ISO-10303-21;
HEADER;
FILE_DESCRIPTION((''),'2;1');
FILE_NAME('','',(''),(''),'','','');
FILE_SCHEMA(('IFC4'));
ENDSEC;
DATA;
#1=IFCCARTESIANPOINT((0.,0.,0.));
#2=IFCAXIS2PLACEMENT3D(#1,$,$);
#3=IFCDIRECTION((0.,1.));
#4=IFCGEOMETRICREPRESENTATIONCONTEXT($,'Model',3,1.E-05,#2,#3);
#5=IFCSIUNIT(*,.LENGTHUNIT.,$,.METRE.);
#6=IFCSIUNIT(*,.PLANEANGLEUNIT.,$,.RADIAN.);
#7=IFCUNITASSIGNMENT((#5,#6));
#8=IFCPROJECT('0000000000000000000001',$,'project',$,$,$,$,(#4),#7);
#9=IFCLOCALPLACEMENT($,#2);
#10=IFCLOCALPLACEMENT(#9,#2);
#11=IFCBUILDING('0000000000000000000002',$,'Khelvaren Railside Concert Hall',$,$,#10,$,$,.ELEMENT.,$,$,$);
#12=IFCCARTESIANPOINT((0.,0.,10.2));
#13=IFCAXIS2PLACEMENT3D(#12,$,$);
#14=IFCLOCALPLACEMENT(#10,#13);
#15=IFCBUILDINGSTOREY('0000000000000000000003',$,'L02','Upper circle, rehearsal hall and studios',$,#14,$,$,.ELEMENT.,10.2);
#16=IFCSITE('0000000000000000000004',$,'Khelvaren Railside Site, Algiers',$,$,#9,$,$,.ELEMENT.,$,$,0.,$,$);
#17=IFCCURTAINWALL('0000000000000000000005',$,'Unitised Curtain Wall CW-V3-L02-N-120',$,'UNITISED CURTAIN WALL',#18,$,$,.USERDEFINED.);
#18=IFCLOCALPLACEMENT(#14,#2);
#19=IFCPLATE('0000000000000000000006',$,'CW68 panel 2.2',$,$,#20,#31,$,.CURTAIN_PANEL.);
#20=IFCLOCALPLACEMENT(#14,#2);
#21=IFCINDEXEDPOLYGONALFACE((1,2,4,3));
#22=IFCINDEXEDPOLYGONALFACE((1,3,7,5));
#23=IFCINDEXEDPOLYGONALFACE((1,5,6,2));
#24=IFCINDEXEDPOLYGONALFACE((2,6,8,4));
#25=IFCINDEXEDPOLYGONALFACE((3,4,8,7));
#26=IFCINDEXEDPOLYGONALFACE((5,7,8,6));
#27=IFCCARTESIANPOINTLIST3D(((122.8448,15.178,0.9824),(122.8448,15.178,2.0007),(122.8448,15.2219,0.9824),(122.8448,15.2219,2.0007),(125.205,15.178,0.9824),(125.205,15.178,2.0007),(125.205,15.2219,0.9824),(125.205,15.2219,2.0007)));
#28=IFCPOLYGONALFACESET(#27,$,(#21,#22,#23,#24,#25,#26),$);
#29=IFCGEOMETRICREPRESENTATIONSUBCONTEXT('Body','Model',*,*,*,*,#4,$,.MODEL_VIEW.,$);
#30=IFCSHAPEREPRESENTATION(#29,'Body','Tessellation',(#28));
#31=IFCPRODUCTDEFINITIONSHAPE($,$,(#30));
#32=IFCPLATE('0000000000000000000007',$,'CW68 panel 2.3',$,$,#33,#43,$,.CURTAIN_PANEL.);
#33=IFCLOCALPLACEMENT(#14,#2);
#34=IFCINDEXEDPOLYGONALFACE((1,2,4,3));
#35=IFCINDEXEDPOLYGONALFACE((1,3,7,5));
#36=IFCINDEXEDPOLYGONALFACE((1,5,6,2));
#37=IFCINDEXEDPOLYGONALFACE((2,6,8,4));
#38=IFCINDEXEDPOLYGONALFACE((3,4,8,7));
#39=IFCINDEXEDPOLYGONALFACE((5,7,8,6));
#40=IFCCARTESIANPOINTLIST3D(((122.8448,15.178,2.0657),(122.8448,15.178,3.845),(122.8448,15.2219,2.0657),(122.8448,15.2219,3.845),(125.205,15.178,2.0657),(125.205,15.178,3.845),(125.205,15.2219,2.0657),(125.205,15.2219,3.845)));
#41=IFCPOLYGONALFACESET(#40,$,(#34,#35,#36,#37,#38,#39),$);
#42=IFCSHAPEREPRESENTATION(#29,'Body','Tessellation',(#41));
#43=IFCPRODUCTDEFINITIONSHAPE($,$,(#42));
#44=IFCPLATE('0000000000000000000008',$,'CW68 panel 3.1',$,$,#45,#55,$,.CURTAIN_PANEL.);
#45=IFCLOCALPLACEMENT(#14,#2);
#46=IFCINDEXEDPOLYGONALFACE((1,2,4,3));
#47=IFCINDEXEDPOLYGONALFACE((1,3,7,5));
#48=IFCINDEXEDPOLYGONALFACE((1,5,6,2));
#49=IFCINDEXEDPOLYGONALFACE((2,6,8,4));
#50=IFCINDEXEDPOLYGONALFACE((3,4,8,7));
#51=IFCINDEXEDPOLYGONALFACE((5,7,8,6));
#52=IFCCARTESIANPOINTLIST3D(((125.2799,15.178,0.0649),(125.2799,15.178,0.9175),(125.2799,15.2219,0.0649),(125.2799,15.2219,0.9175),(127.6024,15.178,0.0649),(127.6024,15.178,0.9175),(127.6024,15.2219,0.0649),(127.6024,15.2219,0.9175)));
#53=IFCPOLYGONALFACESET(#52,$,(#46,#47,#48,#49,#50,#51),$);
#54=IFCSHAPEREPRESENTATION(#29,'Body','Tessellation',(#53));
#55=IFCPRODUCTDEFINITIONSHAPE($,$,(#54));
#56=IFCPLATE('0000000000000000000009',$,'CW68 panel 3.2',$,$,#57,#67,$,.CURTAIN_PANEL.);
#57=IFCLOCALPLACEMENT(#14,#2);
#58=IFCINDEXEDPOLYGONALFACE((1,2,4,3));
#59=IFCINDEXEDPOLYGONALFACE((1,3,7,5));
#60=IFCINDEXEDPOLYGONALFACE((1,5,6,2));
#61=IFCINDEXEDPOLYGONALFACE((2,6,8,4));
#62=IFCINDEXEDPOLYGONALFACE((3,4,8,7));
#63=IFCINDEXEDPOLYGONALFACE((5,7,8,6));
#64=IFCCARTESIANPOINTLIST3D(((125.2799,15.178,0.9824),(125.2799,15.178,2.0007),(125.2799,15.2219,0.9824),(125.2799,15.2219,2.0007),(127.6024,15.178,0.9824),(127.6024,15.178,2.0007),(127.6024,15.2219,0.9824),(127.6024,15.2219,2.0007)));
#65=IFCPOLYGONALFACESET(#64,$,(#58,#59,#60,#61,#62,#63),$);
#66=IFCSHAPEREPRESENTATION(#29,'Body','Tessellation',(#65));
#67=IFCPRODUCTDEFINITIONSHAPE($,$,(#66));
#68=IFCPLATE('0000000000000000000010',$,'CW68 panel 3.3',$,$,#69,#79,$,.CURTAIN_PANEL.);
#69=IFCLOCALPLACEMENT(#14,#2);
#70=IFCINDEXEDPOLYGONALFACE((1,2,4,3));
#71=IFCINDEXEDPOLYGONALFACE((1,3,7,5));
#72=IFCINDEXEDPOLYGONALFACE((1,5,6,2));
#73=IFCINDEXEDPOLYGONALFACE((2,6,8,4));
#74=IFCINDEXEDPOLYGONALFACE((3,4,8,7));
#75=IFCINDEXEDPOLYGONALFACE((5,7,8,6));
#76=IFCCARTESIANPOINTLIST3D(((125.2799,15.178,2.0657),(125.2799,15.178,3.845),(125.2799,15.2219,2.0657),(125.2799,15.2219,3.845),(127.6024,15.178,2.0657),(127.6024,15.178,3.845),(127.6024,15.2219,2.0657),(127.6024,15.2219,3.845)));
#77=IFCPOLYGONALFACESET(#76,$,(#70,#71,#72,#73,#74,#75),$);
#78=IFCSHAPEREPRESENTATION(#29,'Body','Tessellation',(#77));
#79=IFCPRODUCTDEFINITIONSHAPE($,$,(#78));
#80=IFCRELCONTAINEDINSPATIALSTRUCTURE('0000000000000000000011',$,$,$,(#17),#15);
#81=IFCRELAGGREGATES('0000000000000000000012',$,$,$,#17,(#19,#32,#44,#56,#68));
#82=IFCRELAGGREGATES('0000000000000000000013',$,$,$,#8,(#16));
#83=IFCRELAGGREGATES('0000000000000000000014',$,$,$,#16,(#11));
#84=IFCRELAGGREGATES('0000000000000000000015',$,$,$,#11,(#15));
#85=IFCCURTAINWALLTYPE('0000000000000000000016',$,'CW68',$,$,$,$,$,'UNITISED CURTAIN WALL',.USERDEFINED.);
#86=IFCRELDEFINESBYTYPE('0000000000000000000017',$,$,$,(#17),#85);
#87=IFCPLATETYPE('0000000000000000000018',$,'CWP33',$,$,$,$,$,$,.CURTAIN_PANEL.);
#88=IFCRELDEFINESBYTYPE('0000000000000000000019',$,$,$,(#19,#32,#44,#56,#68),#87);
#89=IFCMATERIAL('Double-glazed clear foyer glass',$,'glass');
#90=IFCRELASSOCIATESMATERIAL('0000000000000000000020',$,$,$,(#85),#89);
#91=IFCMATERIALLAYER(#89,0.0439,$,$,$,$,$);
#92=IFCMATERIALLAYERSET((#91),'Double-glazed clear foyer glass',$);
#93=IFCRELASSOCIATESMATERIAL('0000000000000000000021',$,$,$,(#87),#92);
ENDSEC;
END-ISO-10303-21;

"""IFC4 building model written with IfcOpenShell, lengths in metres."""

from ifc_helpers import new_model, si_unit, direction, frame, origin, origin_2d, place, context, subcontext, project, spatial, rectangle, extrude, material, layer, layer_set, type_object, element, aggregate, save


model = new_model("IFC4")

# Units and contexts
model_context = context("Model", 3, precision=1e-05, world=origin(), true_north=direction((0.0, 1.0)))
body_context = subcontext(model_context, "Body", "Model", "MODEL_VIEW")
ifc_project = project(units=[si_unit("LENGTHUNIT", "METRE"), si_unit("PLANEANGLEUNIT", "RADIAN")], contexts=[model_context])

# Site, building, storey
site_placement = place(None, origin())
site = spatial("IfcSite", under=ifc_project, at=site_placement, Name="Khelvaren Railside Site, Algiers", CompositionType="ELEMENT", RefElevation=0.0)
building_placement = place(site_placement, origin())
building = spatial("IfcBuilding", under=site, at=building_placement, Name="Khelvaren Railside Concert Hall", CompositionType="ELEMENT")
storey_placement = place(building_placement, frame((0.0, 0.0, 10.2)))
storey = spatial("IfcBuildingStorey", under=building, at=storey_placement, Name="L02", Description="Upper circle, rehearsal hall and studios", CompositionType="ELEMENT", Elevation=10.2)

# Curtain wall, plates
ifc_material_1 = material(Name="Double-glazed clear foyer glass", Category="glass")
curtain_wall_type = type_object("IfcCurtainWallType", Name="CW68", ElementType="UNITISED CURTAIN WALL", PredefinedType="USERDEFINED", material=ifc_material_1)
curtain_wall_placement = place(storey_placement, origin())
curtain_wall = element("IfcCurtainWall", 1, at=curtain_wall_placement, inside=storey, type_object=curtain_wall_type, Name="Unitised Curtain Wall CW-V3-L02-N-120", ObjectType="UNITISED CURTAIN WALL", PredefinedType="USERDEFINED")
ifc_layer = layer(ifc_material_1, 0.0439)
ifc_layer_set = layer_set([ifc_layer], Name="Double-glazed clear foyer glass")
plate_type = type_object("IfcPlateType", Name="CWP33", PredefinedType="CURTAIN_PANEL", material=ifc_layer_set)
plate_1_placement = place(storey_placement, frame((124.0249, 15.2, 0.9824), z_axis=(0.0, 0.0, 1.0), x_axis=(1.0, 0.0, 0.0)))
plate_1 = element("IfcPlate", 2, at=plate_1_placement, type_object=plate_type, Name="CW68 panel 2.2", PredefinedType="CURTAIN_PANEL", context=body_context, shape_type="SweptSolid", body=[
    extrude(rectangle(XDim=2.3601, YDim=0.0439, at=origin_2d()), origin(), (0.0, 0.0, 1.0), 1.0183),
])
plate_2_placement = place(storey_placement, frame((124.0249, 15.2, 2.0657), z_axis=(0.0, 0.0, 1.0), x_axis=(1.0, 0.0, 0.0)))
plate_2 = element("IfcPlate", 3, at=plate_2_placement, type_object=plate_type, Name="CW68 panel 2.3", PredefinedType="CURTAIN_PANEL", context=body_context, shape_type="SweptSolid", body=[
    extrude(rectangle(XDim=2.3601, YDim=0.0439, at=origin_2d()), origin(), (0.0, 0.0, 1.0), 1.7793),
])
plate_3_placement = place(storey_placement, frame((126.4412, 15.2, 0.0649), z_axis=(0.0, 0.0, 1.0), x_axis=(1.0, 0.0, 0.0)))
plate_3 = element("IfcPlate", 4, at=plate_3_placement, type_object=plate_type, Name="CW68 panel 3.1", PredefinedType="CURTAIN_PANEL", context=body_context, shape_type="SweptSolid", body=[
    extrude(rectangle(XDim=2.3225, YDim=0.0439, at=origin_2d()), origin(), (0.0, 0.0, 1.0), 0.8525),
])
plate_4_placement = place(storey_placement, frame((126.4412, 15.2, 0.9824), z_axis=(0.0, 0.0, 1.0), x_axis=(1.0, 0.0, 0.0)))
plate_4 = element("IfcPlate", 5, at=plate_4_placement, type_object=plate_type, Name="CW68 panel 3.2", PredefinedType="CURTAIN_PANEL", context=body_context, shape_type="SweptSolid", body=[
    extrude(rectangle(XDim=2.3225, YDim=0.0439, at=origin_2d()), origin(), (0.0, 0.0, 1.0), 1.0183),
])
plate_5_placement = place(storey_placement, frame((126.4412, 15.2, 2.0657), z_axis=(0.0, 0.0, 1.0), x_axis=(1.0, 0.0, 0.0)))
plate_5 = element("IfcPlate", 6, at=plate_5_placement, type_object=plate_type, Name="CW68 panel 3.3", PredefinedType="CURTAIN_PANEL", context=body_context, shape_type="SweptSolid", body=[
    extrude(rectangle(XDim=2.3225, YDim=0.0439, at=origin_2d()), origin(), (0.0, 0.0, 1.0), 1.7793),
])
aggregate(curtain_wall, [plate_1, plate_2, plate_3, plate_4, plate_5])

save(model, "model.ifc")
